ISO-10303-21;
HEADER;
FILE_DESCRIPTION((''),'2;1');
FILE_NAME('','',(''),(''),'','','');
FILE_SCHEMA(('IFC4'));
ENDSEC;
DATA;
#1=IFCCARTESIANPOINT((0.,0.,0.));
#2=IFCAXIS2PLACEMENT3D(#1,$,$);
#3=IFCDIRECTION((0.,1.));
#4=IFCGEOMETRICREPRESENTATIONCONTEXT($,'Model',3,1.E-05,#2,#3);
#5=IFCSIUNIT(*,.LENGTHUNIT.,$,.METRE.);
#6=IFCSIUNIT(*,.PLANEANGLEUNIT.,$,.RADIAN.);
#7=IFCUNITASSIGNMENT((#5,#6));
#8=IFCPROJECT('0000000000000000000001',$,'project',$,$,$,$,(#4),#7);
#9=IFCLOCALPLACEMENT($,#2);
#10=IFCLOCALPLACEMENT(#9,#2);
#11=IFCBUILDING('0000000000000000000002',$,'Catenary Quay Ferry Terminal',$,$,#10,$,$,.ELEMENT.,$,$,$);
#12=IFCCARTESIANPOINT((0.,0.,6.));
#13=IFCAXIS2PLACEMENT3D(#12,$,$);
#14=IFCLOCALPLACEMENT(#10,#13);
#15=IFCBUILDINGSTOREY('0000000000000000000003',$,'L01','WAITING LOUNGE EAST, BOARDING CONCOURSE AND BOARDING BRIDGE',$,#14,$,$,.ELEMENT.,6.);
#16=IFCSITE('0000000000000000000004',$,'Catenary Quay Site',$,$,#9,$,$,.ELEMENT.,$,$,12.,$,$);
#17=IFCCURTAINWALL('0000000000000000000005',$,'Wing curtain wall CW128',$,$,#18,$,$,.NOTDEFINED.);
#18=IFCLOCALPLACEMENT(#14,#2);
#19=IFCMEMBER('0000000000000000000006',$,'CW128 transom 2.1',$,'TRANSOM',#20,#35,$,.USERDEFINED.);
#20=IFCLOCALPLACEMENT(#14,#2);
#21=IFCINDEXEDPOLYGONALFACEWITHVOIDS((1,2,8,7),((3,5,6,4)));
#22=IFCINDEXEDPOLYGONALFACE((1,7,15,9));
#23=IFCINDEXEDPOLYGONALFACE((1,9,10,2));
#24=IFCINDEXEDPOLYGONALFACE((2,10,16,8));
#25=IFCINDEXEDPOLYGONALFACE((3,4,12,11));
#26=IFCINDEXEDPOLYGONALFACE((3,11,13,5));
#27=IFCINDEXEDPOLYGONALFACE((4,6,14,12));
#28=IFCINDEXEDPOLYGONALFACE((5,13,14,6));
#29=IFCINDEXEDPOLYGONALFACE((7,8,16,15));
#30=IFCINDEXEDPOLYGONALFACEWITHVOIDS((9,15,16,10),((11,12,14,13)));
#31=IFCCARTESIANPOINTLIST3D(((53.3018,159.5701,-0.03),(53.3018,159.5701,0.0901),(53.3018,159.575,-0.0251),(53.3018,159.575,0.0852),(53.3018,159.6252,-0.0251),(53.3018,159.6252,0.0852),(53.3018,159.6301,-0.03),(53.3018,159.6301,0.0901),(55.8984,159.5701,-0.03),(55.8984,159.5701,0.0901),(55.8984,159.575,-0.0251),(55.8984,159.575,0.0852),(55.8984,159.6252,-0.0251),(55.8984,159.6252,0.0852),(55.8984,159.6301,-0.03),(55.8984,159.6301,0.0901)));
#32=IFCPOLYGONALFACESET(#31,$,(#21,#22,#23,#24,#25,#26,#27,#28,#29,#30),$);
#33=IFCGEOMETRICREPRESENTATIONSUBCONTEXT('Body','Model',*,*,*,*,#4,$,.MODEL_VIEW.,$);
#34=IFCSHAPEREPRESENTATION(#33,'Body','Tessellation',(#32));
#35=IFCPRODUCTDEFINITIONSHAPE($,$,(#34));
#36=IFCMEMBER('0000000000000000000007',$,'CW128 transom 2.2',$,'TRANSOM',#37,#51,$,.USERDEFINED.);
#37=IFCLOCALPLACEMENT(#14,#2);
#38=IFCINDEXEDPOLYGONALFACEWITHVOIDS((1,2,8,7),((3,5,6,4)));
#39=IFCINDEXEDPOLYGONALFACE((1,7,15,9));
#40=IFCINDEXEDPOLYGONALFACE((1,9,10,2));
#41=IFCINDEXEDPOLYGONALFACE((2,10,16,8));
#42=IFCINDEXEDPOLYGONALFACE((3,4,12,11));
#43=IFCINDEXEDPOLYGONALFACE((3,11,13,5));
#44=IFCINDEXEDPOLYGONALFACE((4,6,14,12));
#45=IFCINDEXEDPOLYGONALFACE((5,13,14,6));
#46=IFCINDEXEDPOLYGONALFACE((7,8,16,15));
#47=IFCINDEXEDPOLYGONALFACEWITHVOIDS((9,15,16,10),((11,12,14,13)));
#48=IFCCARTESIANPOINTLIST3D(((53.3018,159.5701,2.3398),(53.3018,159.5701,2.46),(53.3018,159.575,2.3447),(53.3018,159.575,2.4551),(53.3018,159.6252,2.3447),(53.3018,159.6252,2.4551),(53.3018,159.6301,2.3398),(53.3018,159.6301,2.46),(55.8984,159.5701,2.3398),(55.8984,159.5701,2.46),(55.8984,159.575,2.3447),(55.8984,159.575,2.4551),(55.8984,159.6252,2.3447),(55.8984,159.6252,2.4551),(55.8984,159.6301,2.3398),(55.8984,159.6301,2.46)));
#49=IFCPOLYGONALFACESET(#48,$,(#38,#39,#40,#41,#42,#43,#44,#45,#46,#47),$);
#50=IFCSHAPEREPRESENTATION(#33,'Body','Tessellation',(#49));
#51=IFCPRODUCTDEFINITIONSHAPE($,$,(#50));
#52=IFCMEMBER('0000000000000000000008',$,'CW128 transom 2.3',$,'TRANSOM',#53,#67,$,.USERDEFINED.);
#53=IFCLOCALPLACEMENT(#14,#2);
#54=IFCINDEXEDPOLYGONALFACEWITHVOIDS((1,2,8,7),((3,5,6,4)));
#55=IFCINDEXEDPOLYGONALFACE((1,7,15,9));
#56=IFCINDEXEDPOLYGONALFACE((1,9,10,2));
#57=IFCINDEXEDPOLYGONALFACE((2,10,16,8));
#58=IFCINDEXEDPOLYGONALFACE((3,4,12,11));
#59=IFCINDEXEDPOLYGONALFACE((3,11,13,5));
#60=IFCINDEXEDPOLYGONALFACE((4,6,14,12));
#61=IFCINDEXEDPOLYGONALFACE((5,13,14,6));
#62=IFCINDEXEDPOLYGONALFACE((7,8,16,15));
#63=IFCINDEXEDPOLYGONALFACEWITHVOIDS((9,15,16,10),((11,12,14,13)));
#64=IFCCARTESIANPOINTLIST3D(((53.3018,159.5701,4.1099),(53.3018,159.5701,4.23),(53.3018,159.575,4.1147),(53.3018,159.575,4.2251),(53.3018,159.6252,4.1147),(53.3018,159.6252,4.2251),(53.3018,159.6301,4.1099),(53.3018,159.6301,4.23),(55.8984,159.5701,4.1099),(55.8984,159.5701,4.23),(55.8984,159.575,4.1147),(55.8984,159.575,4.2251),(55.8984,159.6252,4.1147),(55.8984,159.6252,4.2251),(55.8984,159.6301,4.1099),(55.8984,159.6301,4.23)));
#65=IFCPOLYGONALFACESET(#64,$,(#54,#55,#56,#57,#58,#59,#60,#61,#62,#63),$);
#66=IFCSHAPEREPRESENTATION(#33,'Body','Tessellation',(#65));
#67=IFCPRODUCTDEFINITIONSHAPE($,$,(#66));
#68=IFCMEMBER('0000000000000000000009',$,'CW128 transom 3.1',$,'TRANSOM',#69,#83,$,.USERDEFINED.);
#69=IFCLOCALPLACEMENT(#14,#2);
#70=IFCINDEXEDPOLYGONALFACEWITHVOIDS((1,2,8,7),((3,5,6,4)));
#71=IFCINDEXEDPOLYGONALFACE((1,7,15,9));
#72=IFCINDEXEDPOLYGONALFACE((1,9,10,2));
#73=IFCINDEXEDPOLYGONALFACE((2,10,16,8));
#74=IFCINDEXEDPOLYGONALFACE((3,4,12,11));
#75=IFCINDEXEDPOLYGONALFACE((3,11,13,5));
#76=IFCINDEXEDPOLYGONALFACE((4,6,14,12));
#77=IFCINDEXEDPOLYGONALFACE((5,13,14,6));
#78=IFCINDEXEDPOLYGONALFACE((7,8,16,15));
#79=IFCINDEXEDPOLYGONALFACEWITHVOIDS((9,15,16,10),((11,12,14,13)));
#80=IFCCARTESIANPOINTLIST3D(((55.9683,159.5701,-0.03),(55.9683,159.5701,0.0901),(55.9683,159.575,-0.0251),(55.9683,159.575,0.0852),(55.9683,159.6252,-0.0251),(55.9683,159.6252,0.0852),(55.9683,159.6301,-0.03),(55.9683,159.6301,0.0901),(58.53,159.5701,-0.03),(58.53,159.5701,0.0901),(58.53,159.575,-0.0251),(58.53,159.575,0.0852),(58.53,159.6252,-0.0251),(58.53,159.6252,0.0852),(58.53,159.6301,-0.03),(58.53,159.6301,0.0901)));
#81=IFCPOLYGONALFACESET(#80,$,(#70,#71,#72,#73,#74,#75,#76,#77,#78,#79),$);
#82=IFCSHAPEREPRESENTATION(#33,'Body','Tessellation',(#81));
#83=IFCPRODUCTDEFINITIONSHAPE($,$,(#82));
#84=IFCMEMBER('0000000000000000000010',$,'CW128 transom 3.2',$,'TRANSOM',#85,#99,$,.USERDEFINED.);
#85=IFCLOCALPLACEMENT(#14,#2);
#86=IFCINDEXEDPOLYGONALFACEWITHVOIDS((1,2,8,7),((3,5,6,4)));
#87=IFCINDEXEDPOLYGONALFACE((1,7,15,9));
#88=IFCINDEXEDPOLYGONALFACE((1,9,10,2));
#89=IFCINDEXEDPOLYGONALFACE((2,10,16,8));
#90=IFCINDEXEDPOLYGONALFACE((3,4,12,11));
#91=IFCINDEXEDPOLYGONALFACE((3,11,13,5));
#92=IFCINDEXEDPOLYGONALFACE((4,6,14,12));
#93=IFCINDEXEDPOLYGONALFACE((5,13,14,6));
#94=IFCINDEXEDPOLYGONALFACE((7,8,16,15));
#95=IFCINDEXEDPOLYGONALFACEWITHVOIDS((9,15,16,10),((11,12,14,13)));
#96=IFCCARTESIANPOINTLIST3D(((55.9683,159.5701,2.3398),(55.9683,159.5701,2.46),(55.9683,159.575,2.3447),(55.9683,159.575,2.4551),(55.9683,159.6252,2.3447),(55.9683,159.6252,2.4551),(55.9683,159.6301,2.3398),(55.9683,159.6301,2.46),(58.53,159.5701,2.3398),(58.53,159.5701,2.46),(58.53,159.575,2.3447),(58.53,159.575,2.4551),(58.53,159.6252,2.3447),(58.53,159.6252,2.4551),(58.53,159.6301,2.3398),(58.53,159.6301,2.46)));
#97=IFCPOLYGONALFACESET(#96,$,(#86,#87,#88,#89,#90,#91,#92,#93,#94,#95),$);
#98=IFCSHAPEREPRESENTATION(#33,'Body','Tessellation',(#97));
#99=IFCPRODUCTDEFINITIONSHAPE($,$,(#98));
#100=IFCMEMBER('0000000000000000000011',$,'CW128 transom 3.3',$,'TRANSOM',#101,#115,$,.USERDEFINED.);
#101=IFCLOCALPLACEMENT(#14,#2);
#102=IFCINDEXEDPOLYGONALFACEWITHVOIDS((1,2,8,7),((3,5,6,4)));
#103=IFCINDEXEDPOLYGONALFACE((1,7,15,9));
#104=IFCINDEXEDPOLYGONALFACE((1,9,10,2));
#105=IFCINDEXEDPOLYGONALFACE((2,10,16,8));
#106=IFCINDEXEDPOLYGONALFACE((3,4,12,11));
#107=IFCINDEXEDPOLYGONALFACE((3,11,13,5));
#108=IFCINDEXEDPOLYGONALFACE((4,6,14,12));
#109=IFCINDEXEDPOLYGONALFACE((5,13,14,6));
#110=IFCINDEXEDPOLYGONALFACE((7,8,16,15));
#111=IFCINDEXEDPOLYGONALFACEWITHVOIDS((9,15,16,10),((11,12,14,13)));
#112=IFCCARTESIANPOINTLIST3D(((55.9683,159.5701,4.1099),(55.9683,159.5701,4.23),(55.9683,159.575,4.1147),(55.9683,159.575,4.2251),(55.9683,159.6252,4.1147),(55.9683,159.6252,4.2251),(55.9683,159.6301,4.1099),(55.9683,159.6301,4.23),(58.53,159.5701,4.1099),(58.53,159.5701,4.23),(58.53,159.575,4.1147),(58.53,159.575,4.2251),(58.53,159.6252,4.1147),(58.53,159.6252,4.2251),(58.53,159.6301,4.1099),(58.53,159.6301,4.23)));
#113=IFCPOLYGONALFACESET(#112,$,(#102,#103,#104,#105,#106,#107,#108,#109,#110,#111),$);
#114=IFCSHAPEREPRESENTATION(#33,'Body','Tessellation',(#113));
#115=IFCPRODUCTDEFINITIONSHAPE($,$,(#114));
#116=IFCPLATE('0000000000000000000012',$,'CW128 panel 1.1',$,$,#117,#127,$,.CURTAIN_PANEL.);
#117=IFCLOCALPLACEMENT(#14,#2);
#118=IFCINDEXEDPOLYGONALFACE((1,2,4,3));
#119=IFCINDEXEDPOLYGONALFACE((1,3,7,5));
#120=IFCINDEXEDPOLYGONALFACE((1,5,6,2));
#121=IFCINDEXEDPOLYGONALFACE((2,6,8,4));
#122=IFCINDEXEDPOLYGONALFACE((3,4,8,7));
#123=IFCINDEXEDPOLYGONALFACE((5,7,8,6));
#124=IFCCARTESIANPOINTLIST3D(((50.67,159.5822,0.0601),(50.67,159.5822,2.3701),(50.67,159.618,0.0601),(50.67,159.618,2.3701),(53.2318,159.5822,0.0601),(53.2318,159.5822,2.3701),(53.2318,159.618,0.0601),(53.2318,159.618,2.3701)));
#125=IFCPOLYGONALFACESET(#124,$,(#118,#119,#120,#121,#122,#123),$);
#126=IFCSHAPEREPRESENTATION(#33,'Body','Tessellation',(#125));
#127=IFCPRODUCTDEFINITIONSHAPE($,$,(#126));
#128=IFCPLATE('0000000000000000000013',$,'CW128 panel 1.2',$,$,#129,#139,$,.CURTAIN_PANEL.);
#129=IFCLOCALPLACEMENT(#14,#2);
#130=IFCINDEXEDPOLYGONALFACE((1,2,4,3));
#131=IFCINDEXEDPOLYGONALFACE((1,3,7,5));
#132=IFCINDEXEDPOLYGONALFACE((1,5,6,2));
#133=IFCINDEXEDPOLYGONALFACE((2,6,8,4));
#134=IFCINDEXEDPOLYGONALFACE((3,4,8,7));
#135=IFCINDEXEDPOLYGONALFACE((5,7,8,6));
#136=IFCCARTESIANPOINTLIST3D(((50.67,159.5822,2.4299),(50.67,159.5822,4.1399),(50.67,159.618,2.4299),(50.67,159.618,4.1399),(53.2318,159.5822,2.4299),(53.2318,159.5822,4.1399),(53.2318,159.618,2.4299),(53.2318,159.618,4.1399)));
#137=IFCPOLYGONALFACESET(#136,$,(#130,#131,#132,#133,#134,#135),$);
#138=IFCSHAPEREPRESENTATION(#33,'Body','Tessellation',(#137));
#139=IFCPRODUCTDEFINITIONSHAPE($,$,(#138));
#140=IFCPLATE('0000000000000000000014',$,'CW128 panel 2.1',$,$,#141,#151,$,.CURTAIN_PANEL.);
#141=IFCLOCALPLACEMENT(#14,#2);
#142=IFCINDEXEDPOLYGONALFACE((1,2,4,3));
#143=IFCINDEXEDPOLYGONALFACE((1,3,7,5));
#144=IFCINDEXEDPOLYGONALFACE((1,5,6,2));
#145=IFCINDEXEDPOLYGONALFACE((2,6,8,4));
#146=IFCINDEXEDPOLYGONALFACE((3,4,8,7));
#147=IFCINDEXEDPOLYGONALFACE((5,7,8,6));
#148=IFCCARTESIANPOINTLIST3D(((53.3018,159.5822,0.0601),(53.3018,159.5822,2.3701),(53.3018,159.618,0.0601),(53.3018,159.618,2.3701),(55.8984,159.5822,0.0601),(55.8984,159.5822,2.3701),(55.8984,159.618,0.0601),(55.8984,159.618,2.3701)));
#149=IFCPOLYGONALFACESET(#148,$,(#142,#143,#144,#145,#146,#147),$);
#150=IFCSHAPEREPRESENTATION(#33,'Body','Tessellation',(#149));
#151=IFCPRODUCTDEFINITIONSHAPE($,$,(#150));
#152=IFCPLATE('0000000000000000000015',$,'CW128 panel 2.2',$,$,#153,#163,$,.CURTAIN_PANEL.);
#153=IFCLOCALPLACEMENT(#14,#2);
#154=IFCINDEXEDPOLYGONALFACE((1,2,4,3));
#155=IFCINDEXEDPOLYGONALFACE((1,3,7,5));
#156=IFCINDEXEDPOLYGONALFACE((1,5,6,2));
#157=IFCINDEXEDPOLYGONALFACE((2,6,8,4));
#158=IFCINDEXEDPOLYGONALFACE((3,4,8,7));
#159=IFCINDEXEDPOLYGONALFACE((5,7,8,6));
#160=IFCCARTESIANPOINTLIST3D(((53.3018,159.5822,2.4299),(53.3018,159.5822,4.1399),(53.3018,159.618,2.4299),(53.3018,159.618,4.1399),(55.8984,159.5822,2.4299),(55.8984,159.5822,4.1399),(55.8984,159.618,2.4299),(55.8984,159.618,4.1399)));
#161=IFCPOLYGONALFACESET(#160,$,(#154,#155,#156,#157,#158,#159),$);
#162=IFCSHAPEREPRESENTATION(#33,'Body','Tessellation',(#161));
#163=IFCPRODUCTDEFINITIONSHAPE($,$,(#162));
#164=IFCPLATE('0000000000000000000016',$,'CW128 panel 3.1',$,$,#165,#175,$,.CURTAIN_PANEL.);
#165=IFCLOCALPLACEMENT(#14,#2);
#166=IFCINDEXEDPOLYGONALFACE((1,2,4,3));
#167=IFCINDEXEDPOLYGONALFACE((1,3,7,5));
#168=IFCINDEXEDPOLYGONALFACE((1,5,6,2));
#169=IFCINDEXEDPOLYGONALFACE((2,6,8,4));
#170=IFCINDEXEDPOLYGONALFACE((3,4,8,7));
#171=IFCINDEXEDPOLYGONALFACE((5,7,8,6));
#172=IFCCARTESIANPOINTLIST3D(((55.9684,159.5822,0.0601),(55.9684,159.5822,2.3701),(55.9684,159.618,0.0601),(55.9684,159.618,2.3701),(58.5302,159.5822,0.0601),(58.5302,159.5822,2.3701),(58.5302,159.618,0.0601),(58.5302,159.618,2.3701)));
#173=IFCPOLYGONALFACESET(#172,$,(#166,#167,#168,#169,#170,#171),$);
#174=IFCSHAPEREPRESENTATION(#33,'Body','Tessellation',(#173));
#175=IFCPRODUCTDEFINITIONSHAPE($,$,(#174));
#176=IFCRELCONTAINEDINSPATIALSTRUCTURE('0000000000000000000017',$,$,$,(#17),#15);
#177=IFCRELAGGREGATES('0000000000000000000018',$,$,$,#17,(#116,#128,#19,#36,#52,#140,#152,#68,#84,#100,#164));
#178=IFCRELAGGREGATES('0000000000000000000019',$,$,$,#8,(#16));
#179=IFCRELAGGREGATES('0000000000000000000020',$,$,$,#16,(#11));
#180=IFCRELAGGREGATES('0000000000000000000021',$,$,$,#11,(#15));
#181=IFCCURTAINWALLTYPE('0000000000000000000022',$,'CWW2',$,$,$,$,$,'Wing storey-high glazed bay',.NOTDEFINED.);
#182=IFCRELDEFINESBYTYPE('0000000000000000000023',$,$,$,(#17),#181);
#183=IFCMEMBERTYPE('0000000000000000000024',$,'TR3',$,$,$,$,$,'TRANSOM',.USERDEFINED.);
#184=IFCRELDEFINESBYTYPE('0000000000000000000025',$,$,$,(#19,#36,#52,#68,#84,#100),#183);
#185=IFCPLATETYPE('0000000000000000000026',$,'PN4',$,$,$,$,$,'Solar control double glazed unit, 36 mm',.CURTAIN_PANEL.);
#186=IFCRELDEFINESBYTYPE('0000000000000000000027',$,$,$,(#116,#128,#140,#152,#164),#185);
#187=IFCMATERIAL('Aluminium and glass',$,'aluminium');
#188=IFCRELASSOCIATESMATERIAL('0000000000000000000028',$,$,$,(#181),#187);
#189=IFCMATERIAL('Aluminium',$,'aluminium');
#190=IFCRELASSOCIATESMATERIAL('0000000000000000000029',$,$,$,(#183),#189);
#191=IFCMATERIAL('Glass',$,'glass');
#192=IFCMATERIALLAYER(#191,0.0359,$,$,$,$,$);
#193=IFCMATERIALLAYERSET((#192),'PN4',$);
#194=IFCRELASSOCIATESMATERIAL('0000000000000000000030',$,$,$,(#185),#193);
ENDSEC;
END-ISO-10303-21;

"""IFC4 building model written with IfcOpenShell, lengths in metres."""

from ifc_helpers import new_model, si_unit, direction, frame, origin, origin_2d, place, context, subcontext, project, spatial, rectangle, hollow_rectangle, extrude, material, layer, layer_set, material_profile, profile_set, type_object, element, aggregate, save


model = new_model("IFC4")

# Units and contexts
model_context = context("Model", 3, precision=1e-05, world=origin(), true_north=direction((0.0, 1.0)))
body_context = subcontext(model_context, "Body", "Model", "MODEL_VIEW")
ifc_project = project(units=[si_unit("LENGTHUNIT", "METRE"), si_unit("PLANEANGLEUNIT", "RADIAN")], contexts=[model_context])

# Site, building, storey
site_placement = place(None, origin())
site = spatial("IfcSite", under=ifc_project, at=site_placement, Name="Catenary Quay Site", CompositionType="ELEMENT", RefElevation=12.0)
building_placement = place(site_placement, origin())
building = spatial("IfcBuilding", under=site, at=building_placement, Name="Catenary Quay Ferry Terminal", CompositionType="ELEMENT")
storey_placement = place(building_placement, frame((0.0, 0.0, 6.0)))
storey = spatial("IfcBuildingStorey", under=building, at=storey_placement, Name="L01", Description="WAITING LOUNGE EAST, BOARDING CONCOURSE AND BOARDING BRIDGE", CompositionType="ELEMENT", Elevation=6.0)

# Curtain wall, members, plates
ifc_material_1 = material(Name="Aluminium and glass", Category="aluminium")
curtain_wall_type = type_object("IfcCurtainWallType", Name="CWW2", ElementType="Wing storey-high glazed bay", PredefinedType="NOTDEFINED", material=ifc_material_1)
curtain_wall_placement = place(storey_placement, origin())
curtain_wall = element("IfcCurtainWall", 1, at=curtain_wall_placement, inside=storey, type_object=curtain_wall_type, Name="Wing curtain wall CW128", PredefinedType="NOTDEFINED")
ifc_material_2 = material(Name="Aluminium", Category="aluminium")
ifc_material_profile_1 = material_profile(ifc_material_2, hollow_rectangle(XDim=0.0601, YDim=0.1201, WallThickness=0.0049, at=origin_2d()), Name="TR3")
ifc_profile_set_1 = profile_set([ifc_material_profile_1], Name="Aluminium")
member_type_1 = type_object("IfcMemberType", Name="TR3", ElementType="TRANSOM", PredefinedType="USERDEFINED", material=ifc_profile_set_1)
member_1_placement = place(storey_placement, frame((53.3018, 159.6001, 0.03), z_axis=(1.0, 0.0, 0.0), x_axis=(0.0, 1.0, 0.0)))
member_1 = element("IfcMember", 2, at=member_1_placement, type_object=member_type_1, Name="CW128 transom 2.1", ObjectType="TRANSOM", PredefinedType="USERDEFINED", context=body_context, shape_type="SweptSolid", body=[
    extrude(hollow_rectangle(XDim=0.0601, YDim=0.1201, WallThickness=0.0049, at=origin_2d()), origin(), (0.0, 0.0, 1.0), 2.5967),
])
member_2_placement = place(storey_placement, frame((53.3018, 159.6001, 2.3999), z_axis=(1.0, 0.0, 0.0), x_axis=(0.0, 1.0, 0.0)))
member_2 = element("IfcMember", 3, at=member_2_placement, type_object=member_type_1, Name="CW128 transom 2.2", ObjectType="TRANSOM", PredefinedType="USERDEFINED", context=body_context, shape_type="SweptSolid", body=[
    extrude(hollow_rectangle(XDim=0.0601, YDim=0.1201, WallThickness=0.0049, at=origin_2d()), origin(), (0.0, 0.0, 1.0), 2.5967),
])
member_3_placement = place(storey_placement, frame((53.3018, 159.6001, 4.1699), z_axis=(1.0, 0.0, 0.0), x_axis=(0.0, 1.0, 0.0)))
member_3 = element("IfcMember", 4, at=member_3_placement, type_object=member_type_1, Name="CW128 transom 2.3", ObjectType="TRANSOM", PredefinedType="USERDEFINED", context=body_context, shape_type="SweptSolid", body=[
    extrude(hollow_rectangle(XDim=0.0601, YDim=0.1201, WallThickness=0.0049, at=origin_2d()), origin(), (0.0, 0.0, 1.0), 2.5967),
])
member_4_placement = place(storey_placement, frame((55.9683, 159.6001, 0.03), z_axis=(1.0, 0.0, 0.0), x_axis=(0.0, 1.0, 0.0)))
member_4 = element("IfcMember", 5, at=member_4_placement, type_object=member_type_1, Name="CW128 transom 3.1", ObjectType="TRANSOM", PredefinedType="USERDEFINED", context=body_context, shape_type="SweptSolid", body=[
    extrude(hollow_rectangle(XDim=0.0601, YDim=0.1201, WallThickness=0.0049, at=origin_2d()), origin(), (0.0, 0.0, 1.0), 2.5618),
])
member_5_placement = place(storey_placement, frame((55.9683, 159.6001, 2.3999), z_axis=(1.0, 0.0, 0.0), x_axis=(0.0, 1.0, 0.0)))
member_5 = element("IfcMember", 6, at=member_5_placement, type_object=member_type_1, Name="CW128 transom 3.2", ObjectType="TRANSOM", PredefinedType="USERDEFINED", context=body_context, shape_type="SweptSolid", body=[
    extrude(hollow_rectangle(XDim=0.0601, YDim=0.1201, WallThickness=0.0049, at=origin_2d()), origin(), (0.0, 0.0, 1.0), 2.5618),
])
member_6_placement = place(storey_placement, frame((55.9683, 159.6001, 4.1699), z_axis=(1.0, 0.0, 0.0), x_axis=(0.0, 1.0, 0.0)))
member_6 = element("IfcMember", 7, at=member_6_placement, type_object=member_type_1, Name="CW128 transom 3.3", ObjectType="TRANSOM", PredefinedType="USERDEFINED", context=body_context, shape_type="SweptSolid", body=[
    extrude(hollow_rectangle(XDim=0.0601, YDim=0.1201, WallThickness=0.0049, at=origin_2d()), origin(), (0.0, 0.0, 1.0), 2.5618),
])
ifc_material_3 = material(Name="Glass", Category="glass")
ifc_layer_1 = layer(ifc_material_3, 0.0359)
ifc_layer_set_1 = layer_set([ifc_layer_1], Name="PN4")
plate_type = type_object("IfcPlateType", Name="PN4", ElementType="Solar control double glazed unit, 36 mm", PredefinedType="CURTAIN_PANEL", material=ifc_layer_set_1)
plate_1_placement = place(storey_placement, frame((51.9509, 159.6001, 0.0601), z_axis=(0.0, 0.0, 1.0), x_axis=(1.0, 0.0, 0.0)))
plate_1 = element("IfcPlate", 8, at=plate_1_placement, type_object=plate_type, Name="CW128 panel 1.1", PredefinedType="CURTAIN_PANEL", context=body_context, shape_type="SweptSolid", body=[
    extrude(rectangle(XDim=2.5618, YDim=0.0359, at=origin_2d()), origin(), (0.0, 0.0, 1.0), 2.3101),
])
plate_2_placement = place(storey_placement, frame((51.9509, 159.6001, 2.4299), z_axis=(0.0, 0.0, 1.0), x_axis=(1.0, 0.0, 0.0)))
plate_2 = element("IfcPlate", 9, at=plate_2_placement, type_object=plate_type, Name="CW128 panel 1.2", PredefinedType="CURTAIN_PANEL", context=body_context, shape_type="SweptSolid", body=[
    extrude(rectangle(XDim=2.5618, YDim=0.0359, at=origin_2d()), origin(), (0.0, 0.0, 1.0), 1.71),
])
plate_3_placement = place(storey_placement, frame((54.6001, 159.6001, 0.0601), z_axis=(0.0, 0.0, 1.0), x_axis=(1.0, 0.0, 0.0)))
plate_3 = element("IfcPlate", 10, at=plate_3_placement, type_object=plate_type, Name="CW128 panel 2.1", PredefinedType="CURTAIN_PANEL", context=body_context, shape_type="SweptSolid", body=[
    extrude(rectangle(XDim=2.5967, YDim=0.0359, at=origin_2d()), origin(), (0.0, 0.0, 1.0), 2.3101),
])
plate_4_placement = place(storey_placement, frame((54.6001, 159.6001, 2.4299), z_axis=(0.0, 0.0, 1.0), x_axis=(1.0, 0.0, 0.0)))
plate_4 = element("IfcPlate", 11, at=plate_4_placement, type_object=plate_type, Name="CW128 panel 2.2", PredefinedType="CURTAIN_PANEL", context=body_context, shape_type="SweptSolid", body=[
    extrude(rectangle(XDim=2.5967, YDim=0.0359, at=origin_2d()), origin(), (0.0, 0.0, 1.0), 1.71),
])
plate_5_placement = place(storey_placement, frame((57.2493, 159.6001, 0.0601), z_axis=(0.0, 0.0, 1.0), x_axis=(1.0, 0.0, 0.0)))
plate_5 = element("IfcPlate", 12, at=plate_5_placement, type_object=plate_type, Name="CW128 panel 3.1", PredefinedType="CURTAIN_PANEL", context=body_context, shape_type="SweptSolid", body=[
    extrude(rectangle(XDim=2.5618, YDim=0.0359, at=origin_2d()), origin(), (0.0, 0.0, 1.0), 2.3101),
])
aggregate(curtain_wall, [plate_1, plate_2, member_1, member_2, member_3, plate_3, plate_4, member_4, member_5, member_6, plate_5])

save(model, "model.ifc")
